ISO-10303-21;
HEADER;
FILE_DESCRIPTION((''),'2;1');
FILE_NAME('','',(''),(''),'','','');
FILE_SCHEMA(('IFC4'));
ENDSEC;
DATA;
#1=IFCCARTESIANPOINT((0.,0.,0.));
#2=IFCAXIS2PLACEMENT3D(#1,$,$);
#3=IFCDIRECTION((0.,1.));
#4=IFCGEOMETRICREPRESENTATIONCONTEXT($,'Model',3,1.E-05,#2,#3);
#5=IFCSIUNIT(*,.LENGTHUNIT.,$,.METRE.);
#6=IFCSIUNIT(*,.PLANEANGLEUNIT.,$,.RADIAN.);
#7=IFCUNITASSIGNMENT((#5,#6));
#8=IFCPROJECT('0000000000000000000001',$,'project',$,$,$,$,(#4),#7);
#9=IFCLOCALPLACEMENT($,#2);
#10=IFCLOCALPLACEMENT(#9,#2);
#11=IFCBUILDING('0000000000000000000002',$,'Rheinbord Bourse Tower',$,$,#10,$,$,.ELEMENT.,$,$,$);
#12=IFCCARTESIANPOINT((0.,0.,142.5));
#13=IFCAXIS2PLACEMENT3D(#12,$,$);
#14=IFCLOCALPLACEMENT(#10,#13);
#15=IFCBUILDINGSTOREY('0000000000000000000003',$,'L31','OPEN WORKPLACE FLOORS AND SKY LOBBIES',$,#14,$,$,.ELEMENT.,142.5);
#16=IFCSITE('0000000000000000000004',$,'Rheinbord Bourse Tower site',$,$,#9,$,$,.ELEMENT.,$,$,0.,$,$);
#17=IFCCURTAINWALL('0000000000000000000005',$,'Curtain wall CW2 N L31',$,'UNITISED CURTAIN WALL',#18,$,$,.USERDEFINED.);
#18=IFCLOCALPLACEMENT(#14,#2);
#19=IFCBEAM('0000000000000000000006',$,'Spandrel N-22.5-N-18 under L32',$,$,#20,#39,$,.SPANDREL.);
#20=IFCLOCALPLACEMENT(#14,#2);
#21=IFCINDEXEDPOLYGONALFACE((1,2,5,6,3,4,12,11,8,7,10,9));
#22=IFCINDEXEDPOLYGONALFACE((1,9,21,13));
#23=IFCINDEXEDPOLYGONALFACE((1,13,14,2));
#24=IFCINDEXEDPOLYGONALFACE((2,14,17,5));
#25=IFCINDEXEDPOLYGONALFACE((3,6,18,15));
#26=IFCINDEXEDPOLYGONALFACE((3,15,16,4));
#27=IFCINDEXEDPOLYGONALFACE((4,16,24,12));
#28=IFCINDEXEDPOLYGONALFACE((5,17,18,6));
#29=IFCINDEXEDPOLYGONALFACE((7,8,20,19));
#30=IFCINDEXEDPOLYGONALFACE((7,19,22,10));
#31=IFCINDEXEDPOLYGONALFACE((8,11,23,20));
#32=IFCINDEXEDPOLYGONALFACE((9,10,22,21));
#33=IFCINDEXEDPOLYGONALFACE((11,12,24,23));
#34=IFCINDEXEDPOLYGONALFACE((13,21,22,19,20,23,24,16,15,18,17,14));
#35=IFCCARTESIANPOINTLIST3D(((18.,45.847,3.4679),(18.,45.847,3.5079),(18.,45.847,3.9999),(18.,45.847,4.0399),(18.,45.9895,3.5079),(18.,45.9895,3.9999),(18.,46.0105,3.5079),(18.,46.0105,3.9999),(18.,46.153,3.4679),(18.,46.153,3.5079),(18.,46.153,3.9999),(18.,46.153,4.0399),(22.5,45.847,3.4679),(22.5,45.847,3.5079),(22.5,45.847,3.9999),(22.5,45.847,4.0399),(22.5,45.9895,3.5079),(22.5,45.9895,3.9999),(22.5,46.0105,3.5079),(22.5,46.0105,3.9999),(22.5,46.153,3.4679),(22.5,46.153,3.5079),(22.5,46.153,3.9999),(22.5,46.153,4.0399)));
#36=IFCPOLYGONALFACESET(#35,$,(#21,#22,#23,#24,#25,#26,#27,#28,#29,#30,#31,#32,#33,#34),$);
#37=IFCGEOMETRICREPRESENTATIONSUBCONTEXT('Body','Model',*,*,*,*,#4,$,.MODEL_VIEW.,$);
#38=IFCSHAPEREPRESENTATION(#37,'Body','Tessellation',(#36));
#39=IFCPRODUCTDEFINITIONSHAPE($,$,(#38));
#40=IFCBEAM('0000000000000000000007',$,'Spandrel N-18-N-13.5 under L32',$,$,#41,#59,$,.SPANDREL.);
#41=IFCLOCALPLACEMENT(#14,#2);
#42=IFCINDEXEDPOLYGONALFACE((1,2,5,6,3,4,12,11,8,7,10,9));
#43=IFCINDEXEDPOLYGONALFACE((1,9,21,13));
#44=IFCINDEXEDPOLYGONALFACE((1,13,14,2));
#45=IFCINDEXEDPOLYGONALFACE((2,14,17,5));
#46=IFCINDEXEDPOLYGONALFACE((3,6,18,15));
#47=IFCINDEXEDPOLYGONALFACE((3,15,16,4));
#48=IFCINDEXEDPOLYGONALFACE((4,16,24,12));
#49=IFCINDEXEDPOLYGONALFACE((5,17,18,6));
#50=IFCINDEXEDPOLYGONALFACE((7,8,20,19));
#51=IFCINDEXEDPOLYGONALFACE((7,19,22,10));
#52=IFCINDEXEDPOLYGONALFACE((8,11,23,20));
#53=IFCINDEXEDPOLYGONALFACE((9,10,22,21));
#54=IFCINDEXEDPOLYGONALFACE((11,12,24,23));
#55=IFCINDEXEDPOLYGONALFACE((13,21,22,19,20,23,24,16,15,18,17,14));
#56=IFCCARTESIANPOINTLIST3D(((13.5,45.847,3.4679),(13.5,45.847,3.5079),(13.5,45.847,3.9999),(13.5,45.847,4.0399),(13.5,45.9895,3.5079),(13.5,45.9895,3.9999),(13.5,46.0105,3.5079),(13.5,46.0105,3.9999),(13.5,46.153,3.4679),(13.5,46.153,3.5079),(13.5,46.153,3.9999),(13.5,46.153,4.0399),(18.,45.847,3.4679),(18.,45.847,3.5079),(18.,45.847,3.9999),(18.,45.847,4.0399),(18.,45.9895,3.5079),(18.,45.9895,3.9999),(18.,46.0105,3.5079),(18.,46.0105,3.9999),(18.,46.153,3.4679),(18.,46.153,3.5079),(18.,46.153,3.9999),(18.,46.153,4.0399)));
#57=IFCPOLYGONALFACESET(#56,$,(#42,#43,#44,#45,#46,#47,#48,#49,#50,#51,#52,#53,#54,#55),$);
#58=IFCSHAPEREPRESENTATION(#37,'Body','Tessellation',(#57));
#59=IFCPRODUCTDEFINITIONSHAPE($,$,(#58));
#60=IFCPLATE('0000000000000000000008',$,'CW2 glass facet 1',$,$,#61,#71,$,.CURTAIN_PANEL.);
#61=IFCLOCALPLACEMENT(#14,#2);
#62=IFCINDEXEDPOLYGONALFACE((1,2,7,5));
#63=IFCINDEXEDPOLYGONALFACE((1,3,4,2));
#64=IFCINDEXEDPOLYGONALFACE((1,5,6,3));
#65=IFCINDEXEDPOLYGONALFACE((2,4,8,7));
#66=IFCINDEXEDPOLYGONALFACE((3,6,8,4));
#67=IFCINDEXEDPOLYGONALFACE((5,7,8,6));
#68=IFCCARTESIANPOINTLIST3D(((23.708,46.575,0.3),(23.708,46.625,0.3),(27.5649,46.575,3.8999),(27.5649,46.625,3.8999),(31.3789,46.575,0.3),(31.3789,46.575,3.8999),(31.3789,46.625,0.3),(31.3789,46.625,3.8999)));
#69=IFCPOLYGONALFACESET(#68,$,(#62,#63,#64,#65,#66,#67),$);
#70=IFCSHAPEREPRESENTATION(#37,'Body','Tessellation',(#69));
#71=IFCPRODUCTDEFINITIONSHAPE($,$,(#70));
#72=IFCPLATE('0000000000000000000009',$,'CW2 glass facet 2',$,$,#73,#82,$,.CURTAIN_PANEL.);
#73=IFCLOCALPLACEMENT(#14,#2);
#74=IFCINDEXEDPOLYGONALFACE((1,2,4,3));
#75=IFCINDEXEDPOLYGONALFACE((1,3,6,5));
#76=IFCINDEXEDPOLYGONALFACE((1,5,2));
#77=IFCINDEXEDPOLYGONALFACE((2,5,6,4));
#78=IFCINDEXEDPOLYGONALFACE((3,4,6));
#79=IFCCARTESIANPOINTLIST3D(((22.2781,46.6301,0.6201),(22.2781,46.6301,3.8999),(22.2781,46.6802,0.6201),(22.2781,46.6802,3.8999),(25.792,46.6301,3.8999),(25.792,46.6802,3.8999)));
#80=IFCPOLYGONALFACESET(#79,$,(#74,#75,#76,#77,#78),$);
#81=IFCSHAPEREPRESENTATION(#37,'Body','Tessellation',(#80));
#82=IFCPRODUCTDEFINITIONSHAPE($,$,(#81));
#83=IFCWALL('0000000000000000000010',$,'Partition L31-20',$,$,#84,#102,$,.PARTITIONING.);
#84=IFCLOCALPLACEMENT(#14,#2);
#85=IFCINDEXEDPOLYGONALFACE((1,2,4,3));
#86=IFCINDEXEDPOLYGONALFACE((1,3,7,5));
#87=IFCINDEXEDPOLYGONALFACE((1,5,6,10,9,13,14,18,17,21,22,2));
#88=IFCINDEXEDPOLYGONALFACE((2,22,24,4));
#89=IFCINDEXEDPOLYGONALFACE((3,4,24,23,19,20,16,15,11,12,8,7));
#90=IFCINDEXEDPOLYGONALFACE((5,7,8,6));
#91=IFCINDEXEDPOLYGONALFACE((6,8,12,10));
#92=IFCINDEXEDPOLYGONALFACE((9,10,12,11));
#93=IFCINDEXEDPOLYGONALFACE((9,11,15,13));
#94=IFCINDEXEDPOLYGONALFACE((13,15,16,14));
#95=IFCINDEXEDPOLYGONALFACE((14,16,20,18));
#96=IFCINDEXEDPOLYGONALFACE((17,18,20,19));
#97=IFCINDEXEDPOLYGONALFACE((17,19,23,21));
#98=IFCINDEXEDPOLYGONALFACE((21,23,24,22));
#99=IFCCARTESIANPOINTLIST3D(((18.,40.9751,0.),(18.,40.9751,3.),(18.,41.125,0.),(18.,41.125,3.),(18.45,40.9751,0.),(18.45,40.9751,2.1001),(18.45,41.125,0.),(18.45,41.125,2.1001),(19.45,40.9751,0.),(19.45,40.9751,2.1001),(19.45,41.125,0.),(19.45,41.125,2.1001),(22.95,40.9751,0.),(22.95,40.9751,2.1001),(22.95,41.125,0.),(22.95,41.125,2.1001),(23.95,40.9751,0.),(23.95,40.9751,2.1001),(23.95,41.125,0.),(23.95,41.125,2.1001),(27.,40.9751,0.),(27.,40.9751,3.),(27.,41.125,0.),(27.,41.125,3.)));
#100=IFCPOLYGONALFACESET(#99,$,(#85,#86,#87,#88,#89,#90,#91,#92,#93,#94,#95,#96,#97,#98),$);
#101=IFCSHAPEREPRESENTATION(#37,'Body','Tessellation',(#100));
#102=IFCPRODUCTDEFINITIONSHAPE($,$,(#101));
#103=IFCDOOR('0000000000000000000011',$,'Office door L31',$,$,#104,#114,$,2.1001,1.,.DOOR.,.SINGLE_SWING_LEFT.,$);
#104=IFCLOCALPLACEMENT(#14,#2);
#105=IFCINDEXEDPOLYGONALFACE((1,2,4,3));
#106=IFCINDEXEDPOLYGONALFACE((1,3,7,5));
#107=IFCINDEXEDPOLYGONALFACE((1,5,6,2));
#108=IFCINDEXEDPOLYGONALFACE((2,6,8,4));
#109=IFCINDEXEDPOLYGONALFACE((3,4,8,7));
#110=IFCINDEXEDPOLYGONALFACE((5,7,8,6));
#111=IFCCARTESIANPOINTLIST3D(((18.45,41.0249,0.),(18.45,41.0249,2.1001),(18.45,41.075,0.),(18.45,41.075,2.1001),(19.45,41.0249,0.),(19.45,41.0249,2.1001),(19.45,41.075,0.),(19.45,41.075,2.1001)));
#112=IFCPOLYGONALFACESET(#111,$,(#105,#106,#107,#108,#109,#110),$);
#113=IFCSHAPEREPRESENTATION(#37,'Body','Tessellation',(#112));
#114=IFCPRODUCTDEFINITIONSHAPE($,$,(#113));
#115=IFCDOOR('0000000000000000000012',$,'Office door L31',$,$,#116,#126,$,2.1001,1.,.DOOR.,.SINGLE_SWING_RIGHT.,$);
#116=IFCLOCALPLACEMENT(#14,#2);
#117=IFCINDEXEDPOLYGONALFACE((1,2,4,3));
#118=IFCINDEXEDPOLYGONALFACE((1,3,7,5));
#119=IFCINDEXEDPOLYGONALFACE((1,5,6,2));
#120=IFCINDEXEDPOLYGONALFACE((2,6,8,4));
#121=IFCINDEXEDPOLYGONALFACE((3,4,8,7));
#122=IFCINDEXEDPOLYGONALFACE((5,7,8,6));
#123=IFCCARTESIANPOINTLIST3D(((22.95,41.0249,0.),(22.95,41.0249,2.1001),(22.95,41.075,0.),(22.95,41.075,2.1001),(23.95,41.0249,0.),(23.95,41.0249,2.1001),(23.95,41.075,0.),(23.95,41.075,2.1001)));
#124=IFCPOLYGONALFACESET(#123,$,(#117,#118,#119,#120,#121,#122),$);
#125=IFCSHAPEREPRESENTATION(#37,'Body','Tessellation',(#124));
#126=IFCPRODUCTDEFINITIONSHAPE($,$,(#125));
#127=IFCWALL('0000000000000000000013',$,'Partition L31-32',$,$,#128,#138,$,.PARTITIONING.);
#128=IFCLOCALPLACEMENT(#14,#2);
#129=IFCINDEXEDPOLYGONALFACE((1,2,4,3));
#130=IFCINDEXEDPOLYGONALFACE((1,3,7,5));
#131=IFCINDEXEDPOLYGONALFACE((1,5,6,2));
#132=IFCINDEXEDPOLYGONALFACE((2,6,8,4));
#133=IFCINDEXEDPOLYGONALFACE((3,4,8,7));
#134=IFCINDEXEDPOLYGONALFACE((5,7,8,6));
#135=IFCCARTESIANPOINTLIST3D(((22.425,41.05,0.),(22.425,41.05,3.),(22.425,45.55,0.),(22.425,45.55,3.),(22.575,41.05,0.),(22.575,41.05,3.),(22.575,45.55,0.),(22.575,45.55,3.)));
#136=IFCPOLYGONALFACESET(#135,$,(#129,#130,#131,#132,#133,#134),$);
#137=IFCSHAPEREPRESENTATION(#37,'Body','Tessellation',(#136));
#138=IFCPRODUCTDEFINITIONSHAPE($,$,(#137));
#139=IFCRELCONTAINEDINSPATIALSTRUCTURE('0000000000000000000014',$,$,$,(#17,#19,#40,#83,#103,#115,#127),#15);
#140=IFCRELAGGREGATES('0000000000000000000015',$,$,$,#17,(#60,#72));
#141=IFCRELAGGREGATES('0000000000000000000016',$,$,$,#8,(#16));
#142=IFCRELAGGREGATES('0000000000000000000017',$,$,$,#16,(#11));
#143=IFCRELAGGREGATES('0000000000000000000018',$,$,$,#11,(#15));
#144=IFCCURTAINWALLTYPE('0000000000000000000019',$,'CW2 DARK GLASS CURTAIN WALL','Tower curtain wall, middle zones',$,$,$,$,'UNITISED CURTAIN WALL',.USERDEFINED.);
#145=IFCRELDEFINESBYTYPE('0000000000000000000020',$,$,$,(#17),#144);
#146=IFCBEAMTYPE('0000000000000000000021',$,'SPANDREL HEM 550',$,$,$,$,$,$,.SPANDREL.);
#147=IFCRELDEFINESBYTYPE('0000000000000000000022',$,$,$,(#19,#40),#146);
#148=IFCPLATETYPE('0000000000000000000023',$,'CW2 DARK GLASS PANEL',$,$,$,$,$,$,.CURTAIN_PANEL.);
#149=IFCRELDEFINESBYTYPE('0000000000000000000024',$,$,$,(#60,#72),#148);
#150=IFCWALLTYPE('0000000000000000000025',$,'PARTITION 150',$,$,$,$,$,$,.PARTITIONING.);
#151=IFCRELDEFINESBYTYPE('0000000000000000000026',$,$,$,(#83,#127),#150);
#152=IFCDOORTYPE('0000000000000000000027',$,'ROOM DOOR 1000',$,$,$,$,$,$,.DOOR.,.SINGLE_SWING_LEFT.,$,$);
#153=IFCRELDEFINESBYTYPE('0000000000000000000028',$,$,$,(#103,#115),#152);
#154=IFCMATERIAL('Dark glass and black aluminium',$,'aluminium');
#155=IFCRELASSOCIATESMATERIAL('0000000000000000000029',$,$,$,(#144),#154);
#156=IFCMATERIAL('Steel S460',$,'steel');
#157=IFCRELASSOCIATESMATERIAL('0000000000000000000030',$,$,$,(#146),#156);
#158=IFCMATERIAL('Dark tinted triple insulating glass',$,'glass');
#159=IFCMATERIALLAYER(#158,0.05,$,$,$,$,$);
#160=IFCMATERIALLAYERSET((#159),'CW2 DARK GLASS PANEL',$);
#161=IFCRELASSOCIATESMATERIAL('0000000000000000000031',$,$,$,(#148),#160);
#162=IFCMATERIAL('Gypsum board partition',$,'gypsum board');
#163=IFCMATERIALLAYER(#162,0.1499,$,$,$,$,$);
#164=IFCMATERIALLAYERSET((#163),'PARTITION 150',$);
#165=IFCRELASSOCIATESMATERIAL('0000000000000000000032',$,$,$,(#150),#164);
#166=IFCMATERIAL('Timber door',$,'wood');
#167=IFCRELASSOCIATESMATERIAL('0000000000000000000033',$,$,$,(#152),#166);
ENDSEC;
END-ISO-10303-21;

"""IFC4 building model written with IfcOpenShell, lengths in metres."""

from ifc_helpers import new_model, si_unit, direction, frame, frame_2d, origin, origin_2d, place, context, subcontext, project, spatial, polyline, rectangle, i_section, outline, extrude, material, layer, layer_set, material_profile, profile_set, type_object, element, fill, aggregate, save


model = new_model("IFC4")

# Units and contexts
model_context = context("Model", 3, precision=1e-05, world=origin(), true_north=direction((0.0, 1.0)))
body_context = subcontext(model_context, "Body", "Model", "MODEL_VIEW")
ifc_project = project(units=[si_unit("LENGTHUNIT", "METRE"), si_unit("PLANEANGLEUNIT", "RADIAN")], contexts=[model_context])

# Site, building, storey
site_placement = place(None, origin())
site = spatial("IfcSite", under=ifc_project, at=site_placement, Name="Rheinbord Bourse Tower site", CompositionType="ELEMENT", RefElevation=0.0)
building_placement = place(site_placement, origin())
building = spatial("IfcBuilding", under=site, at=building_placement, Name="Rheinbord Bourse Tower", CompositionType="ELEMENT")
storey_placement = place(building_placement, frame((0.0, 0.0, 142.5)))
storey = spatial("IfcBuildingStorey", under=building, at=storey_placement, Name="L31", Description="OPEN WORKPLACE FLOORS AND SKY LOBBIES", CompositionType="ELEMENT", Elevation=142.5)

# Curtain wall
ifc_material_1 = material(Name="Dark glass and black aluminium", Category="aluminium")
curtain_wall_type = type_object("IfcCurtainWallType", Name="CW2 DARK GLASS CURTAIN WALL", Description="Tower curtain wall, middle zones", ElementType="UNITISED CURTAIN WALL", PredefinedType="USERDEFINED", material=ifc_material_1)
curtain_wall_placement = place(storey_placement, origin())
curtain_wall = element("IfcCurtainWall", 1, at=curtain_wall_placement, inside=storey, type_object=curtain_wall_type, Name="Curtain wall CW2 N L31", ObjectType="UNITISED CURTAIN WALL", PredefinedType="USERDEFINED")

# Beams
ifc_material_2 = material(Name="Steel S460", Category="steel")
ifc_material_profile_1 = material_profile(ifc_material_2, i_section(OverallWidth=0.3059, OverallDepth=0.572, WebThickness=0.021, FlangeThickness=0.04, at=origin_2d()), Name="HEM 550")
ifc_profile_set_1 = profile_set([ifc_material_profile_1], Name="Steel S460")
beam_type_1 = type_object("IfcBeamType", Name="SPANDREL HEM 550", PredefinedType="SPANDREL", material=ifc_profile_set_1)
for number, where, z_axis, x_axis, name in (
    (2, (22.5, 46.0, 3.7539), (-1.0, 0.0, 0.0), (0.0, -1.0, 0.0), "Spandrel N-22.5-N-18 under L32"),
    (3, (18.0, 46.0, 3.7539), (-1.0, 0.0, 0.0), (0.0, -1.0, 0.0), "Spandrel N-18-N-13.5 under L32"),
):
    element("IfcBeam", number, at=place(storey_placement, frame(where, z_axis=z_axis, x_axis=x_axis)), inside=storey, type_object=beam_type_1, Name=name, PredefinedType="SPANDREL", context=body_context, shape_type="SweptSolid", body=[
        extrude(i_section(OverallWidth=0.3059, OverallDepth=0.572, WebThickness=0.021, FlangeThickness=0.04, at=origin_2d()), origin(), (0.0, 0.0, 1.0), 4.5),
    ])

# Plates
ifc_material_3 = material(Name="Dark tinted triple insulating glass", Category="glass")
ifc_layer_1 = layer(ifc_material_3, 0.05)
ifc_layer_set_1 = layer_set([ifc_layer_1], Name="CW2 DARK GLASS PANEL")
plate_type = type_object("IfcPlateType", Name="CW2 DARK GLASS PANEL", PredefinedType="CURTAIN_PANEL", material=ifc_layer_set_1)
plate_1_placement = place(storey_placement, frame((31.3789, 46.625, 0.3), z_axis=(0.0, -1.0, 0.0), x_axis=(0.0, 0.0, 1.0)))
plate_1 = element("IfcPlate", 4, at=plate_1_placement, type_object=plate_type, Name="CW2 glass facet 1", PredefinedType="CURTAIN_PANEL", context=body_context, shape_type="SweptSolid", body=[
    extrude(outline(polyline([(0.0, 0.0), (3.5999, 0.0), (3.5999, 3.814), (0.0, 7.6709), (0.0, 0.0)])), origin(), (0.0, 0.0, 1.0), 0.05),
])
plate_2_placement = place(storey_placement, frame((22.2781, 46.6802, 3.8999), z_axis=(0.0, -1.0, 0.0), x_axis=(0.0, 0.0, -1.0)))
plate_2 = element("IfcPlate", 5, at=plate_2_placement, type_object=plate_type, Name="CW2 glass facet 2", PredefinedType="CURTAIN_PANEL", context=body_context, shape_type="SweptSolid", body=[
    extrude(outline(polyline([(0.0, 0.0), (3.2798, 0.0), (0.0, 3.5139), (0.0, 0.0)])), origin(), (0.0, 0.0, 1.0), 0.05),
])
aggregate(curtain_wall, [plate_1, plate_2])

# Wall, openings, doors
ifc_material_4 = material(Name="Gypsum board partition", Category="gypsum board")
ifc_layer_2 = layer(ifc_material_4, 0.1499)
ifc_layer_set_2 = layer_set([ifc_layer_2], Name="PARTITION 150")
wall_type = type_object("IfcWallType", Name="PARTITION 150", PredefinedType="PARTITIONING", material=ifc_layer_set_2)
wall_1_placement = place(storey_placement, frame((18.0, 41.05, 0.0), z_axis=(0.0, 0.0, 1.0), x_axis=(1.0, 0.0, 0.0)))
wall_1 = element("IfcWall", 6, at=wall_1_placement, inside=storey, type_object=wall_type, Name="Partition L31-20", PredefinedType="PARTITIONING", context=body_context, shape_type="SweptSolid", body=[
    extrude(rectangle(XDim=9.0, YDim=0.1499, at=frame_2d((4.5, 0.0))), origin(), (0.0, 0.0, 1.0), 3.0),
])
opening_1_placement = place(wall_1_placement, frame((0.45, 0.0, 0.0)))
opening_1 = element("IfcOpeningElement", 7, at=opening_1_placement, cuts=wall_1, PredefinedType="OPENING", context=body_context, shape_type="SweptSolid", body=[
    extrude(rectangle(XDim=1.0, YDim=2.1001, at=frame_2d((0.5, 1.05))), frame((0.0, 0.085, 0.0), z_axis=(0.0, -1.0, 0.0), x_axis=(1.0, 0.0, 0.0)), (0.0, 0.0, 1.0), 0.1699),
])
opening_2_placement = place(wall_1_placement, frame((4.95, 0.0, 0.0)))
opening_2 = element("IfcOpeningElement", 8, at=opening_2_placement, cuts=wall_1, PredefinedType="OPENING", context=body_context, shape_type="SweptSolid", body=[
    extrude(rectangle(XDim=1.0, YDim=2.1001, at=frame_2d((0.5, 1.05))), frame((0.0, 0.085, 0.0), z_axis=(0.0, -1.0, 0.0), x_axis=(1.0, 0.0, 0.0)), (0.0, 0.0, 1.0), 0.1699),
])
ifc_material_5 = material(Name="Timber door", Category="wood")
door_type = type_object("IfcDoorType", Name="ROOM DOOR 1000", OperationType="SINGLE_SWING_LEFT", PredefinedType="DOOR", material=ifc_material_5)
door_1_placement = place(opening_1_placement, origin())
door_1 = element("IfcDoor", 9, at=door_1_placement, inside=storey, type_object=door_type, Name="Office door L31", OperationType="SINGLE_SWING_LEFT", OverallHeight=2.1001, OverallWidth=1.0, PredefinedType="DOOR", context=body_context, shape_type="SweptSolid", body=[
    extrude(rectangle(XDim=1.0, YDim=2.1001, at=frame_2d((0.5, 1.05))), frame((0.0, 0.0249, 0.0), z_axis=(0.0, -1.0, 0.0), x_axis=(1.0, 0.0, 0.0)), (0.0, 0.0, 1.0), 0.05),
])
fill(opening_1, door_1)
door_2_placement = place(opening_2_placement, origin())
door_2 = element("IfcDoor", 10, at=door_2_placement, inside=storey, type_object=door_type, Name="Office door L31", OperationType="SINGLE_SWING_RIGHT", OverallHeight=2.1001, OverallWidth=1.0, PredefinedType="DOOR", context=body_context, shape_type="SweptSolid", body=[
    extrude(rectangle(XDim=1.0, YDim=2.1001, at=frame_2d((0.5, 1.05))), frame((0.0, 0.0249, 0.0), z_axis=(0.0, -1.0, 0.0), x_axis=(1.0, 0.0, 0.0)), (0.0, 0.0, 1.0), 0.05),
])
fill(opening_2, door_2)

# Wall
wall_2_placement = place(storey_placement, frame((22.5, 41.05, 0.0), z_axis=(0.0, 0.0, 1.0), x_axis=(0.0, 1.0, 0.0)))
element("IfcWall", 11, at=wall_2_placement, inside=storey, type_object=wall_type, Name="Partition L31-32", PredefinedType="PARTITIONING", context=body_context, shape_type="SweptSolid", body=[
    extrude(rectangle(XDim=4.5, YDim=0.1499, at=frame_2d((2.25, 0.0))), origin(), (0.0, 0.0, 1.0), 3.0),
])

save(model, "model.ifc")
